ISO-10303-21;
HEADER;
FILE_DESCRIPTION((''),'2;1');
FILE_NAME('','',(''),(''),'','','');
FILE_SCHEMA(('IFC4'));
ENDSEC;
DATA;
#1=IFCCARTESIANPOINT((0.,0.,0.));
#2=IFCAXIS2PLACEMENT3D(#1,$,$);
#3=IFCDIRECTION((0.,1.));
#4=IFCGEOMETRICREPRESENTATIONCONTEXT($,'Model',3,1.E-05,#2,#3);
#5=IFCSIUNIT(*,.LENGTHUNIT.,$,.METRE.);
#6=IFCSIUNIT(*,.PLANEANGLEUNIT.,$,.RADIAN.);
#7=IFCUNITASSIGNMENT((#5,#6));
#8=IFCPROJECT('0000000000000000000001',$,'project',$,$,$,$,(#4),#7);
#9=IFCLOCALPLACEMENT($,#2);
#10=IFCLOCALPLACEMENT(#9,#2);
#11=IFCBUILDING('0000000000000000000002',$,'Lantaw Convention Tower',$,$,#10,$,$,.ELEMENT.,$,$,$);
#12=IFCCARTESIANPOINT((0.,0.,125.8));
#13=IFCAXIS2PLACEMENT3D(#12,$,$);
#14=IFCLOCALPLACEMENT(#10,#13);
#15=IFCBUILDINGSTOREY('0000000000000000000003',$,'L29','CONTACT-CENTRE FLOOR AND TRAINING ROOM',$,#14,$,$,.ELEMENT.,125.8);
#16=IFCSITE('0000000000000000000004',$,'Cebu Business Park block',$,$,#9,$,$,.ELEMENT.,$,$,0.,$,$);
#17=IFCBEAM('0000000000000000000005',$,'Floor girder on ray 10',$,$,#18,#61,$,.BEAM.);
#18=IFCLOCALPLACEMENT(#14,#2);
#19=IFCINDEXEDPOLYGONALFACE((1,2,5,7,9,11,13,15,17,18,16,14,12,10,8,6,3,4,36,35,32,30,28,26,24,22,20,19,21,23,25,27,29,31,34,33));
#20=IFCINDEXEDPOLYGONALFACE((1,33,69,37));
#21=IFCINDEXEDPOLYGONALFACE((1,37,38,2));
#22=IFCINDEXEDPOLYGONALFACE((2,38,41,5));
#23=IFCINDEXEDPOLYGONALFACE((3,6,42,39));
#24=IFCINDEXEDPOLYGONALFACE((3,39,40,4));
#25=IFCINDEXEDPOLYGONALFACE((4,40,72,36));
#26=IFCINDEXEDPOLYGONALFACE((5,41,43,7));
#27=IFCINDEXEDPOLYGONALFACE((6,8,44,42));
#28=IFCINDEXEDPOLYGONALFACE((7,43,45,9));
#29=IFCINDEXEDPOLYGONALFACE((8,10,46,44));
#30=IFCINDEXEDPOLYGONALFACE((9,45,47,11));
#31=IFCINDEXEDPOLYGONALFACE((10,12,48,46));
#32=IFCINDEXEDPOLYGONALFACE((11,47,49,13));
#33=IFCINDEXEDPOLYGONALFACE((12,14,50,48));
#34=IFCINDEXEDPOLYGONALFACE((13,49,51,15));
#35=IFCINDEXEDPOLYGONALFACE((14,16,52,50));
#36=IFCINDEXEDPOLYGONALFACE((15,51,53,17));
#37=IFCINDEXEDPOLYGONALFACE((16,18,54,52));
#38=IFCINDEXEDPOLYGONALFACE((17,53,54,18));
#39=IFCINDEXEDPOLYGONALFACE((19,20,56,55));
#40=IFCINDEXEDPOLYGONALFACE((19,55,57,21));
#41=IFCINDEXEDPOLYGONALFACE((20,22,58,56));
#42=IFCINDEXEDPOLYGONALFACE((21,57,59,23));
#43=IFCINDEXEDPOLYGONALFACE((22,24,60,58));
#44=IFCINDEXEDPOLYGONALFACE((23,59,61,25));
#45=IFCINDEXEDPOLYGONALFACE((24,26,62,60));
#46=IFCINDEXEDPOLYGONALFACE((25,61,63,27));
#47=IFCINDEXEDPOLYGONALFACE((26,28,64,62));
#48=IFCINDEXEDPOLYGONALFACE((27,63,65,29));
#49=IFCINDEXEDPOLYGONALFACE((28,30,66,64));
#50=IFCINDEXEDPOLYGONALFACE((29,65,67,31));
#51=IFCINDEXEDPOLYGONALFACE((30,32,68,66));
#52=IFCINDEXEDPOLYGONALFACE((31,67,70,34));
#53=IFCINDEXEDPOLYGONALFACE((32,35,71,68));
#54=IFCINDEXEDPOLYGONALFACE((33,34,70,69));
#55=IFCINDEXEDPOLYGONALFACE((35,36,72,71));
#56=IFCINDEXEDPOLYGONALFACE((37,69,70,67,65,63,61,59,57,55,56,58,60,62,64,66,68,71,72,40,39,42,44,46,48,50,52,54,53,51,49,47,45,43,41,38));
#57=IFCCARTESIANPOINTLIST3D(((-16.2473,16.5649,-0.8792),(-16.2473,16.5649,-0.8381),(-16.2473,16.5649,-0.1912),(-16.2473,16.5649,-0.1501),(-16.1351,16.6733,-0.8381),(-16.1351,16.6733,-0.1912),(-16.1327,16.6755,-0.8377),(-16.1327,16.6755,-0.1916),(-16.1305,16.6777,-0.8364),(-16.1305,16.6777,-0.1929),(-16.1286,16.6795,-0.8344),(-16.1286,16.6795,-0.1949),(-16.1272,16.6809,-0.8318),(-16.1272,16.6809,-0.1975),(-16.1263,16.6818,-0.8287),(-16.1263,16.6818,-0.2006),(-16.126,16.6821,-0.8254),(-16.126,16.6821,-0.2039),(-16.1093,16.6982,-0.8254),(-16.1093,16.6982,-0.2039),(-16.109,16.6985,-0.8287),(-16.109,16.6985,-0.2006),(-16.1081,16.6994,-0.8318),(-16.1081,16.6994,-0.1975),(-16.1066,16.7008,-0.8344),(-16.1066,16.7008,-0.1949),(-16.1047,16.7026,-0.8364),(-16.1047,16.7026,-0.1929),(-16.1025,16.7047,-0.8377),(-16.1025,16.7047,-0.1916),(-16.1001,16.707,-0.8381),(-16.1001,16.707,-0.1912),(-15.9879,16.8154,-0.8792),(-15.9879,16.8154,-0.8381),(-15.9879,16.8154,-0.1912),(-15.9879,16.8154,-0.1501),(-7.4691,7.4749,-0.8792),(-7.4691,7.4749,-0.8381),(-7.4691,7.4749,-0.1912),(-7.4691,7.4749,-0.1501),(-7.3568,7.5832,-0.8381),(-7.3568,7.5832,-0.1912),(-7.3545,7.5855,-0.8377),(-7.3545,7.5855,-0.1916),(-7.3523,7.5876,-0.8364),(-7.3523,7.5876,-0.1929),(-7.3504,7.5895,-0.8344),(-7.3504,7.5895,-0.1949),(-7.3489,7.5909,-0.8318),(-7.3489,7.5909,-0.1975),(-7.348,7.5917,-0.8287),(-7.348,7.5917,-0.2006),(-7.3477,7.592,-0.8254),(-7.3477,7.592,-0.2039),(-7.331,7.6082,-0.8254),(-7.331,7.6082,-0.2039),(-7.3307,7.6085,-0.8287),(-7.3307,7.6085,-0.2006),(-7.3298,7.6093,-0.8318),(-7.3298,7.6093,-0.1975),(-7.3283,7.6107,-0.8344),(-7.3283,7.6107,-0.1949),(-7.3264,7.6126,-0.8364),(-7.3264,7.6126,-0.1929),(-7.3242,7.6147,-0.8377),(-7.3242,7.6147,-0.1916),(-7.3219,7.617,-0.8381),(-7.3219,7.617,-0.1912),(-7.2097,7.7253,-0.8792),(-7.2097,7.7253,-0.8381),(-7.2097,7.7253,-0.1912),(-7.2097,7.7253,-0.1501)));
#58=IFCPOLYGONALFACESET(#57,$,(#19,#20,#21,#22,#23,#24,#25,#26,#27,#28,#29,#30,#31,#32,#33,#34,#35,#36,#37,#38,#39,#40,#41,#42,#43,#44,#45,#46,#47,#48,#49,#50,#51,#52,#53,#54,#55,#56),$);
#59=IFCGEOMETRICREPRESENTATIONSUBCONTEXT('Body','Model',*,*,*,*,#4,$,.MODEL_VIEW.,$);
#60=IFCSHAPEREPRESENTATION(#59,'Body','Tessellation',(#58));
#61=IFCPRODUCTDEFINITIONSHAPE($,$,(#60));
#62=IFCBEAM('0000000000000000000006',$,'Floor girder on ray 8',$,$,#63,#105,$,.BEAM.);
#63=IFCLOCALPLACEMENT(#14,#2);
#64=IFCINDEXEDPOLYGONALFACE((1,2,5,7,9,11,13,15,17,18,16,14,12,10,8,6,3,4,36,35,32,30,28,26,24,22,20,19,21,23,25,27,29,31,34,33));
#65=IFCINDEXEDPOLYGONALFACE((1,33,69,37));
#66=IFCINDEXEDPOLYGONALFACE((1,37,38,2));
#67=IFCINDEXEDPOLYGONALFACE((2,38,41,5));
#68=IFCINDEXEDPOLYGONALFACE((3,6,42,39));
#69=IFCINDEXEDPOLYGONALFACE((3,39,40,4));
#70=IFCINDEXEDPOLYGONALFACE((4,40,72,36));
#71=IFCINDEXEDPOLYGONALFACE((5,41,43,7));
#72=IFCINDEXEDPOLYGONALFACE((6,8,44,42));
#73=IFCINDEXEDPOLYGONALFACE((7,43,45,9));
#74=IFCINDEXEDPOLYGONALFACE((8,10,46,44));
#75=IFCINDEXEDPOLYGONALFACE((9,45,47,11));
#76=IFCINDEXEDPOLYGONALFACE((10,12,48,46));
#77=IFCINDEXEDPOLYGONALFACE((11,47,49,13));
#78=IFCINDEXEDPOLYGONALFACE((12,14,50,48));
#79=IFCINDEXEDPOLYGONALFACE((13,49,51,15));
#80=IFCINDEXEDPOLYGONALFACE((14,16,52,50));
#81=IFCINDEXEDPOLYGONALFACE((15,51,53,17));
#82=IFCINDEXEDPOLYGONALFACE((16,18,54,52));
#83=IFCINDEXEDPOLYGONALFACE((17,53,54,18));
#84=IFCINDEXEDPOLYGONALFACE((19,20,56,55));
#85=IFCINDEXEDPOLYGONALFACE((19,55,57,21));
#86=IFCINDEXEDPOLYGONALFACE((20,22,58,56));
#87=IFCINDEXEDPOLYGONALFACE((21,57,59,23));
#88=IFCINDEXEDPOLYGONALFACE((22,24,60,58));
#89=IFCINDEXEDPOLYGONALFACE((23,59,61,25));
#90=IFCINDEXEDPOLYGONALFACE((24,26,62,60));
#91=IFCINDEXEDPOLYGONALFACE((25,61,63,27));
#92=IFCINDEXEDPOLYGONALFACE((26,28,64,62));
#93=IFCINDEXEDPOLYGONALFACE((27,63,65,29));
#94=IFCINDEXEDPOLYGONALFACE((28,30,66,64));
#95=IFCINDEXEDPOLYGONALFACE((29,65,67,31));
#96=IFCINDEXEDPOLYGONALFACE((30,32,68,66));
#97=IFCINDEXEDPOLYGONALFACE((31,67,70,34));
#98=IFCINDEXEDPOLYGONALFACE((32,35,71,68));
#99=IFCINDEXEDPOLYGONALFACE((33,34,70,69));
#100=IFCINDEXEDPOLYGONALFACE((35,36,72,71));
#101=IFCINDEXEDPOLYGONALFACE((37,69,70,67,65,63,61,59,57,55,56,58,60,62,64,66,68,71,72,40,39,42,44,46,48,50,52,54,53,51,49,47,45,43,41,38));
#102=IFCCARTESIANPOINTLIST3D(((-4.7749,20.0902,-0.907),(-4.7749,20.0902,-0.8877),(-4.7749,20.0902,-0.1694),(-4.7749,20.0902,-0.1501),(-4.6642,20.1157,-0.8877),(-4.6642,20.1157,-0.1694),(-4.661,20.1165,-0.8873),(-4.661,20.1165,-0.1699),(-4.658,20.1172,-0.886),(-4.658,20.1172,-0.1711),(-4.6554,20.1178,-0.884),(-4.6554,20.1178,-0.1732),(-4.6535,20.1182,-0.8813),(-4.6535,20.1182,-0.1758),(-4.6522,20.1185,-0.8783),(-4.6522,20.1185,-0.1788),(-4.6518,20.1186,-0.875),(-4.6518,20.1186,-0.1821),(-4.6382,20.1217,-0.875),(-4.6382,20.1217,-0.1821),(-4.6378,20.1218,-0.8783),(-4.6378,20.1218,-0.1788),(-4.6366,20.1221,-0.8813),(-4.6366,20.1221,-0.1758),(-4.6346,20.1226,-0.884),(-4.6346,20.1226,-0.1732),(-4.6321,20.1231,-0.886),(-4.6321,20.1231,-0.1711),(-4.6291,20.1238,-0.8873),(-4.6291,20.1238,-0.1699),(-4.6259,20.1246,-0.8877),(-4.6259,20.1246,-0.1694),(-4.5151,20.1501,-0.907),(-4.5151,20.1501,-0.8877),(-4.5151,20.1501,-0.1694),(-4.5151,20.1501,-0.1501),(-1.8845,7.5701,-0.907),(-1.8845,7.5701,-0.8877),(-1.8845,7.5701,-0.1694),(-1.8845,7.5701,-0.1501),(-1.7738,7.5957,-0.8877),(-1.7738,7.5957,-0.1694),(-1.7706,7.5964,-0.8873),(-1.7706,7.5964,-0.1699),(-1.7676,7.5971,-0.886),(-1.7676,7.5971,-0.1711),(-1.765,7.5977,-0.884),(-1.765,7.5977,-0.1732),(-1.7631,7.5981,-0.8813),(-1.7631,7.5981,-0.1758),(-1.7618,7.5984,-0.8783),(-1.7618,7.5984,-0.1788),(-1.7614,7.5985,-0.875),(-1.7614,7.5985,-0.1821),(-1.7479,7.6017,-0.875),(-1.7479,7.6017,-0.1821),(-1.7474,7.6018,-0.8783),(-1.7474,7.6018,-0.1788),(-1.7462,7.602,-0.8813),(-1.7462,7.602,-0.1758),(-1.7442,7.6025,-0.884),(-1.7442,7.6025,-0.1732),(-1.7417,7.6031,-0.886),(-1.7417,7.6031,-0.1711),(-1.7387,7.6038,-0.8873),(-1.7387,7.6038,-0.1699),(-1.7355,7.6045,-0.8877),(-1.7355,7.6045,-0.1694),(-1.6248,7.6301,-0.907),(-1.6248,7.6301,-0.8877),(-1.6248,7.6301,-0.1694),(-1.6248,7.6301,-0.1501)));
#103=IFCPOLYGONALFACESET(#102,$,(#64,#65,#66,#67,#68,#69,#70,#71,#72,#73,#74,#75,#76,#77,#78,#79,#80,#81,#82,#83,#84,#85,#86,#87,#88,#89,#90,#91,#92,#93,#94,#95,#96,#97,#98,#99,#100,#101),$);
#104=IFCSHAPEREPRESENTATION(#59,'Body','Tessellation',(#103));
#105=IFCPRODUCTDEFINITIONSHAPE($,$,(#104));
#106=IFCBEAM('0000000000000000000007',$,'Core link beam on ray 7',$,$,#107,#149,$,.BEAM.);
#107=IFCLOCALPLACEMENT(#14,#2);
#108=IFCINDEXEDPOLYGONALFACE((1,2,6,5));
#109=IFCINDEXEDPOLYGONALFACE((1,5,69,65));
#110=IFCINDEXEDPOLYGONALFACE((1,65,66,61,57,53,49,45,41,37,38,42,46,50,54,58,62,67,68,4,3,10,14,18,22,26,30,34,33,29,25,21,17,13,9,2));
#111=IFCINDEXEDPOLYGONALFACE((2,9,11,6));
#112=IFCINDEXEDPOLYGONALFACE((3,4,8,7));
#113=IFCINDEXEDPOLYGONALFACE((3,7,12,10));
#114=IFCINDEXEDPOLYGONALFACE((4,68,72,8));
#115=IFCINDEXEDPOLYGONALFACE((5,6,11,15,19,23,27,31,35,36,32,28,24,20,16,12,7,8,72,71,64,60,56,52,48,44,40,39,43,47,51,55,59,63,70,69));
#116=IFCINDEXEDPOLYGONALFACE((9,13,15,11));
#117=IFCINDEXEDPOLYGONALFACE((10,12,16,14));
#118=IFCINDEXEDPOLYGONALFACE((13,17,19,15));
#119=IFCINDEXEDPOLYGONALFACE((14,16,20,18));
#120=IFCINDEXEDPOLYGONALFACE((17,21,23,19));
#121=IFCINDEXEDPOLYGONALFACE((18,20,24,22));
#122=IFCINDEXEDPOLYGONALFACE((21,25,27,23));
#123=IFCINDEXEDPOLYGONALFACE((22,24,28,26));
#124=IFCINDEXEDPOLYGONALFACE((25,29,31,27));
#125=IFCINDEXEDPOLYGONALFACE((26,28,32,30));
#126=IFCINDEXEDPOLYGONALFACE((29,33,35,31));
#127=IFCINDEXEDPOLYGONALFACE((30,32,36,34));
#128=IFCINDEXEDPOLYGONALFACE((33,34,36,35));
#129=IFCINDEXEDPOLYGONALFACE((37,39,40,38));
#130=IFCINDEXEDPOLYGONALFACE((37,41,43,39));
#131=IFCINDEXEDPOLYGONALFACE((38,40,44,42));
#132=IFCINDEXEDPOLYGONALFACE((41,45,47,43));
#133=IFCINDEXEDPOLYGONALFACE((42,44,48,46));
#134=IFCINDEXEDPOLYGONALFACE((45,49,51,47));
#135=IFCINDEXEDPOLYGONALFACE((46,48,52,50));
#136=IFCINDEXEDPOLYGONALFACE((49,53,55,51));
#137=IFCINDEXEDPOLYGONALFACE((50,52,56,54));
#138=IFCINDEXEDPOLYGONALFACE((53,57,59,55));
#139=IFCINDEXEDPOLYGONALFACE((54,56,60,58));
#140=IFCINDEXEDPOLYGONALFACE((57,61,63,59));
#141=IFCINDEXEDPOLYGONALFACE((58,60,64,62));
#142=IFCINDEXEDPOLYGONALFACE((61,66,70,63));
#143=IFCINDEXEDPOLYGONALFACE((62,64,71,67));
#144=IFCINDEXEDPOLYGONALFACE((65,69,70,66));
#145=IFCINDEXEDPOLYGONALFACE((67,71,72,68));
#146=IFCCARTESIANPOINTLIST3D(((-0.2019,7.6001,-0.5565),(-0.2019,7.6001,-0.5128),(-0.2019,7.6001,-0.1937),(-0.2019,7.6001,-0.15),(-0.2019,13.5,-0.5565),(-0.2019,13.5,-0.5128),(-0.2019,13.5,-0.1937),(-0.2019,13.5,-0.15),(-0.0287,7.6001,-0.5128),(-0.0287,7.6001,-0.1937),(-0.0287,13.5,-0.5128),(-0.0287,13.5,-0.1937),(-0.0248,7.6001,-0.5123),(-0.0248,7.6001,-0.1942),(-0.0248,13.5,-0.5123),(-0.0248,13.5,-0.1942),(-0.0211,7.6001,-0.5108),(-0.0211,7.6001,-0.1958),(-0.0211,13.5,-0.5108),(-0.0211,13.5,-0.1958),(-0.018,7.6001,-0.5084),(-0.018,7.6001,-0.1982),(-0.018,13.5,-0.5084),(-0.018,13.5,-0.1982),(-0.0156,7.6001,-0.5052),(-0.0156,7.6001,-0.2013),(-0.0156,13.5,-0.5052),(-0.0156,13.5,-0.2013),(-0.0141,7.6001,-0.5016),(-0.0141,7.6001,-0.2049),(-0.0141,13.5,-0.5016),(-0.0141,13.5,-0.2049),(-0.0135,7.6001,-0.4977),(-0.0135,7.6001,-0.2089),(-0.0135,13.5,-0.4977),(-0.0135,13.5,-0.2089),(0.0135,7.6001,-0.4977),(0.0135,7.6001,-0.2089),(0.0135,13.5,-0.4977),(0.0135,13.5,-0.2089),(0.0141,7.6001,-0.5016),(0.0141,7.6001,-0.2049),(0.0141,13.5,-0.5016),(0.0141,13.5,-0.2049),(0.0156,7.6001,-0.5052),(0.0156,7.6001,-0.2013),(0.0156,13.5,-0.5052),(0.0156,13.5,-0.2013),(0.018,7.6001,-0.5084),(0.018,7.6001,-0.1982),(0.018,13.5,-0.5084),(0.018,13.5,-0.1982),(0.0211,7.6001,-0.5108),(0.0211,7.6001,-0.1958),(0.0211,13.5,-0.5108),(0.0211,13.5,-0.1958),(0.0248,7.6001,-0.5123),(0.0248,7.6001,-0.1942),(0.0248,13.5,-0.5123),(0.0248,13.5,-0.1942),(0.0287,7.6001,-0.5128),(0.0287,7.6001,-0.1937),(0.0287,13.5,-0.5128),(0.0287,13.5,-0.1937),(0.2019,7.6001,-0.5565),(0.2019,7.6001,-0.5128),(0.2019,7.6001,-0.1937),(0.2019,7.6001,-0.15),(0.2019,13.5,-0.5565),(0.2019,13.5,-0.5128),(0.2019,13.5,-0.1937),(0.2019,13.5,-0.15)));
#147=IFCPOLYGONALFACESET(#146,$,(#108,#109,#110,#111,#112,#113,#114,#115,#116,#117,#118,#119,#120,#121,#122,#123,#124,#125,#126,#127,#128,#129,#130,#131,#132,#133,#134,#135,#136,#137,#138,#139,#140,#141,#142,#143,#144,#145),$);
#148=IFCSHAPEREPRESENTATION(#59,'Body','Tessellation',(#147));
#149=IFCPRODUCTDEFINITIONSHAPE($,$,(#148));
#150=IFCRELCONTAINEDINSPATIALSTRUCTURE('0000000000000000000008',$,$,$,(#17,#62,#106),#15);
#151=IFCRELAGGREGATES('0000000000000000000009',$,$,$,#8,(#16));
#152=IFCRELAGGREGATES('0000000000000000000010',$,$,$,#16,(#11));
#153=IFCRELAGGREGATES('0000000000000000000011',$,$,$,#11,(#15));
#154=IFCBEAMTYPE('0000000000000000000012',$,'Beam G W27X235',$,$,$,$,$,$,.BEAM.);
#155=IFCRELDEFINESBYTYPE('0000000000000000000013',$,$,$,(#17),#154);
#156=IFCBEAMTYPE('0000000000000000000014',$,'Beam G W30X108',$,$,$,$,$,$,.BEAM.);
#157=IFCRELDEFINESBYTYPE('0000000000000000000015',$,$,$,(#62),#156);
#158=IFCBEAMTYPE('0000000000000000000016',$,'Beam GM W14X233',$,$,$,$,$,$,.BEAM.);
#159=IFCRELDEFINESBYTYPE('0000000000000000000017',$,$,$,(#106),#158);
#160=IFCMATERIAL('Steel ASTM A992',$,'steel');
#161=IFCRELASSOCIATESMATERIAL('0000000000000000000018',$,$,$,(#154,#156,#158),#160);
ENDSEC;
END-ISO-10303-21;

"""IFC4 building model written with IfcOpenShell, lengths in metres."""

from ifc_helpers import new_model, si_unit, direction, frame, origin, origin_2d, place, context, subcontext, project, spatial, i_section, extrude, material, material_profile, profile_set, type_object, element, save


model = new_model("IFC4")

# Units and contexts
model_context = context("Model", 3, precision=1e-05, world=origin(), true_north=direction((0.0, 1.0)))
body_context = subcontext(model_context, "Body", "Model", "MODEL_VIEW")
ifc_project = project(units=[si_unit("LENGTHUNIT", "METRE"), si_unit("PLANEANGLEUNIT", "RADIAN")], contexts=[model_context])

# Site, building, storey
site_placement = place(None, origin())
site = spatial("IfcSite", under=ifc_project, at=site_placement, Name="Cebu Business Park block", CompositionType="ELEMENT", RefElevation=0.0)
building_placement = place(site_placement, origin())
building = spatial("IfcBuilding", under=site, at=building_placement, Name="Lantaw Convention Tower", CompositionType="ELEMENT")
storey_placement = place(building_placement, frame((0.0, 0.0, 125.8)))
storey = spatial("IfcBuildingStorey", under=building, at=storey_placement, Name="L29", Description="CONTACT-CENTRE FLOOR AND TRAINING ROOM", CompositionType="ELEMENT", Elevation=125.8)

# Beams
ifc_material_1 = material(Name="Steel ASTM A992", Category="steel")
ifc_material_profile_1 = material_profile(ifc_material_1, i_section(OverallWidth=0.3606, OverallDepth=0.729, WebThickness=0.0232, FlangeThickness=0.041, FilletRadius=0.0127, at=origin_2d()), Name="W27X235")
ifc_profile_set_1 = profile_set([ifc_material_profile_1], Name="Steel ASTM A992")
beam_type_1 = type_object("IfcBeamType", Name="Beam G W27X235", PredefinedType="BEAM", material=ifc_profile_set_1)
beam_1_placement = place(storey_placement, frame((-7.3394, 7.6001, -0.5146), z_axis=(-0.694663, 0.719335, 0.0), x_axis=(-0.719335, -0.694663, 0.0)))
element("IfcBeam", 1, at=beam_1_placement, inside=storey, type_object=beam_type_1, Name="Floor girder on ray 10", PredefinedType="BEAM", context=body_context, shape_type="SweptSolid", body=[
    extrude(i_section(OverallWidth=0.3606, OverallDepth=0.729, WebThickness=0.0232, FlangeThickness=0.041, FilletRadius=0.0127, at=origin_2d()), origin(), (0.0, 0.0, 1.0), 12.6367),
])
ifc_material_profile_2 = material_profile(ifc_material_1, i_section(OverallWidth=0.2666, OverallDepth=0.7568, WebThickness=0.0139, FlangeThickness=0.0193, FilletRadius=0.0127, at=origin_2d()), Name="W30X108")
ifc_profile_set_2 = profile_set([ifc_material_profile_2], Name="Steel ASTM A992")
beam_type_2 = type_object("IfcBeamType", Name="Beam G W30X108", PredefinedType="BEAM", material=ifc_profile_set_2)
beam_2_placement = place(storey_placement, frame((-1.7546, 7.6001, -0.5286), z_axis=(-0.224944, 0.974372, 0.0), x_axis=(-0.974372, -0.224944, 0.0)))
element("IfcBeam", 2, at=beam_2_placement, inside=storey, type_object=beam_type_2, Name="Floor girder on ray 8", PredefinedType="BEAM", context=body_context, shape_type="SweptSolid", body=[
    extrude(i_section(OverallWidth=0.2666, OverallDepth=0.7568, WebThickness=0.0139, FlangeThickness=0.0193, FilletRadius=0.0127, at=origin_2d()), origin(), (0.0, 0.0, 1.0), 12.8494),
])
ifc_material_profile_3 = material_profile(ifc_material_1, i_section(OverallWidth=0.4038, OverallDepth=0.4065, WebThickness=0.0271, FlangeThickness=0.0437, FilletRadius=0.0151, at=origin_2d()), Name="W14X233")
ifc_profile_set_3 = profile_set([ifc_material_profile_3], Name="Steel ASTM A992")
beam_type_3 = type_object("IfcBeamType", Name="Beam GM W14X233", PredefinedType="BEAM", material=ifc_profile_set_3)
beam_3_placement = place(storey_placement, frame((0.0, 7.6001, -0.3533), z_axis=(0.0, 1.0, 0.0), x_axis=(-1.0, 0.0, 0.0)))
element("IfcBeam", 3, at=beam_3_placement, inside=storey, type_object=beam_type_3, Name="Core link beam on ray 7", PredefinedType="BEAM", context=body_context, shape_type="SweptSolid", body=[
    extrude(i_section(OverallWidth=0.4038, OverallDepth=0.4065, WebThickness=0.0271, FlangeThickness=0.0437, FilletRadius=0.0151, at=origin_2d()), origin(), (0.0, 0.0, 1.0), 5.8999),
])

save(model, "model.ifc")
